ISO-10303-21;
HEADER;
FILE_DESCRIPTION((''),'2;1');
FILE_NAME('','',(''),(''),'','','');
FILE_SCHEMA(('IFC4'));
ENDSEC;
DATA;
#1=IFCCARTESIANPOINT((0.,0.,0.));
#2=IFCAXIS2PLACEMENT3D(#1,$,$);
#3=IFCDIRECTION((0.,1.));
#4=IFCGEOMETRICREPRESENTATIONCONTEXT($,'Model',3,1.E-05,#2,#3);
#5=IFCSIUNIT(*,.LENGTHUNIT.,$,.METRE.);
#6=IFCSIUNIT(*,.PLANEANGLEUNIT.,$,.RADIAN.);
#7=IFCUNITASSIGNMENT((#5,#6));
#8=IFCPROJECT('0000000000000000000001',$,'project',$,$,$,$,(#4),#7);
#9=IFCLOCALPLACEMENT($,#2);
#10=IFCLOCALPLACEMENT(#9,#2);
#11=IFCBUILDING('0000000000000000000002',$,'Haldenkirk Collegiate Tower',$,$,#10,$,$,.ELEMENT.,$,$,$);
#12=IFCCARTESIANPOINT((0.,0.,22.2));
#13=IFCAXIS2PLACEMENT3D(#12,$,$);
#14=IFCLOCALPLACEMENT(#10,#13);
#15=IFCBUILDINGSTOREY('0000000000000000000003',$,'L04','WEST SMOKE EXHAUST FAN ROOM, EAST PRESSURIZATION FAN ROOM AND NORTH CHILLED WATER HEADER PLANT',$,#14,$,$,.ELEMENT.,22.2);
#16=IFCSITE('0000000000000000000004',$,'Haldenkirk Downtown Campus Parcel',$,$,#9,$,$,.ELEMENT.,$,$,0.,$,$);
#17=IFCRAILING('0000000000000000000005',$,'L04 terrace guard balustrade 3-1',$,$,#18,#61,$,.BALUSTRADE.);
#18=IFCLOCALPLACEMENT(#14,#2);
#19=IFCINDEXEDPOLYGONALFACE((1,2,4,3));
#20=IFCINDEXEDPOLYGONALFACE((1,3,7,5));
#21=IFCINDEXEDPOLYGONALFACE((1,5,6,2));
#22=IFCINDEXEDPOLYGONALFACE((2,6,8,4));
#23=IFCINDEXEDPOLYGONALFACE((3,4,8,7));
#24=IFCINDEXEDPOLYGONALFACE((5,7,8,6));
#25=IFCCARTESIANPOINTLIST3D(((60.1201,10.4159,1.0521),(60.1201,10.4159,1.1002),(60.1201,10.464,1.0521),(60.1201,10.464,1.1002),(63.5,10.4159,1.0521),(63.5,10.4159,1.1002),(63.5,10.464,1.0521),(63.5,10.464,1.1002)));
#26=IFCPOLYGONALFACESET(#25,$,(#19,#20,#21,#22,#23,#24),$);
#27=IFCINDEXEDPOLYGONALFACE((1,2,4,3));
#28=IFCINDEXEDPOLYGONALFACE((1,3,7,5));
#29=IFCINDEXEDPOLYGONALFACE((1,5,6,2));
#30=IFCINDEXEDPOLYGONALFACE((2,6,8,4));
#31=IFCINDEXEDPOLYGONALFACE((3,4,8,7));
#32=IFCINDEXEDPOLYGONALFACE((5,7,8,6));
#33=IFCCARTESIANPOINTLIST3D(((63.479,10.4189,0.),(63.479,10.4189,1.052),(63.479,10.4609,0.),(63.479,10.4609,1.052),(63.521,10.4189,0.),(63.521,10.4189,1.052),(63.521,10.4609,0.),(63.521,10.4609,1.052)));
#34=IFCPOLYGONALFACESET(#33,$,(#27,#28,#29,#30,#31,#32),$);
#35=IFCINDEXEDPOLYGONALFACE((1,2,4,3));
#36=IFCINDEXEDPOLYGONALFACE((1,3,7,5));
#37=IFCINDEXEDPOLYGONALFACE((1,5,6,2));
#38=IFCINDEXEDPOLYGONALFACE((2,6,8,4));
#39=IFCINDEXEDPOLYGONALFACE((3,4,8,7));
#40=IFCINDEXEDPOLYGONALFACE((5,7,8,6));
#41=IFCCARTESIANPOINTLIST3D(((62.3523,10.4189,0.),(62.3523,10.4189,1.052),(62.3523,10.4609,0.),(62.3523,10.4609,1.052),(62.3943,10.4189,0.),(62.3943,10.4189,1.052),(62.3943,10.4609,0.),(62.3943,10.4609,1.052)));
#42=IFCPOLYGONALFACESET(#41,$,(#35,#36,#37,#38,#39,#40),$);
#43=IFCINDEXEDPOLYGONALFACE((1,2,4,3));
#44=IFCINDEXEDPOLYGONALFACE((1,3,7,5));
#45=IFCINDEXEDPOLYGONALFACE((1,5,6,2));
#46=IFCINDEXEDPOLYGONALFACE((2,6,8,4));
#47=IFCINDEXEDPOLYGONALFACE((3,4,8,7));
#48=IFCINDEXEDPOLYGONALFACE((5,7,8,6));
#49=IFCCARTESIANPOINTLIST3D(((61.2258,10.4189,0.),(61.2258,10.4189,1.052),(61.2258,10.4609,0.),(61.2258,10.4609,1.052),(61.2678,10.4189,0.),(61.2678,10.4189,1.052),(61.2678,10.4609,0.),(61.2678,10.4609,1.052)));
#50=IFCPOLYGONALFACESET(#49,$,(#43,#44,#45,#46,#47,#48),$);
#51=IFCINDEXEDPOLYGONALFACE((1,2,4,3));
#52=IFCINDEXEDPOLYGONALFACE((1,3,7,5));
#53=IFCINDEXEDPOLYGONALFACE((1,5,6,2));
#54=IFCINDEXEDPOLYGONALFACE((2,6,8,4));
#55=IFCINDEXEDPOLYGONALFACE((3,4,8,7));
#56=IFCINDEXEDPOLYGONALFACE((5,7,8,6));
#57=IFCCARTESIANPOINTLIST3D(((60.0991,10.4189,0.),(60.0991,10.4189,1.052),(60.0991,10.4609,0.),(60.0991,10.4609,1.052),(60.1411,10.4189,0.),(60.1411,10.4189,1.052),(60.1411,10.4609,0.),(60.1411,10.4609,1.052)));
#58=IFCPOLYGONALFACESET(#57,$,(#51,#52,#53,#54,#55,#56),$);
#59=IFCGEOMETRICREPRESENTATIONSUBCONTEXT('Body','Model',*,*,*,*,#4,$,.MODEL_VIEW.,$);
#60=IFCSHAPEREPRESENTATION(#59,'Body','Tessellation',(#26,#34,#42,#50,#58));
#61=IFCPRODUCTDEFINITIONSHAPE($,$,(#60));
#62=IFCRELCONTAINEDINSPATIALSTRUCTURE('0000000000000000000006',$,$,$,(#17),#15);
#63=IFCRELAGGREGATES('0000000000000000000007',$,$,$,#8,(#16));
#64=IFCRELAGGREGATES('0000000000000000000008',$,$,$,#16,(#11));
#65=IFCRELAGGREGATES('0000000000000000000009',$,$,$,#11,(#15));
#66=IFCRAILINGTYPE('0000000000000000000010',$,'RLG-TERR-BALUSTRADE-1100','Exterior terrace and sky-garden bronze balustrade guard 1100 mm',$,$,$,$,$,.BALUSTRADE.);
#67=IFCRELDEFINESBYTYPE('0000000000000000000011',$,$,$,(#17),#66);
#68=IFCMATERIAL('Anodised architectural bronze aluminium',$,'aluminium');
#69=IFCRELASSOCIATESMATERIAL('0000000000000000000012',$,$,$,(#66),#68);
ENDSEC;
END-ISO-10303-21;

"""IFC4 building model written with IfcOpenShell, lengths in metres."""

from ifc_helpers import new_model, si_unit, direction, frame, origin, origin_2d, place, context, subcontext, project, spatial, rectangle, extrude, material, type_object, element, save


model = new_model("IFC4")

# Units and contexts
model_context = context("Model", 3, precision=1e-05, world=origin(), true_north=direction((0.0, 1.0)))
body_context = subcontext(model_context, "Body", "Model", "MODEL_VIEW")
ifc_project = project(units=[si_unit("LENGTHUNIT", "METRE"), si_unit("PLANEANGLEUNIT", "RADIAN")], contexts=[model_context])

# Site, building, storey
site_placement = place(None, origin())
site = spatial("IfcSite", under=ifc_project, at=site_placement, Name="Haldenkirk Downtown Campus Parcel", CompositionType="ELEMENT", RefElevation=0.0)
building_placement = place(site_placement, origin())
building = spatial("IfcBuilding", under=site, at=building_placement, Name="Haldenkirk Collegiate Tower", CompositionType="ELEMENT")
storey_placement = place(building_placement, frame((0.0, 0.0, 22.2)))
storey = spatial("IfcBuildingStorey", under=building, at=storey_placement, Name="L04", Description="WEST SMOKE EXHAUST FAN ROOM, EAST PRESSURIZATION FAN ROOM AND NORTH CHILLED WATER HEADER PLANT", CompositionType="ELEMENT", Elevation=22.2)

# Shared definitions
ifc_material_1 = material(Name="Anodised architectural bronze aluminium", Category="aluminium")

# Railing
railing_type = type_object("IfcRailingType", Name="RLG-TERR-BALUSTRADE-1100", Description="Exterior terrace and sky-garden bronze balustrade guard 1100 mm", PredefinedType="BALUSTRADE", material=ifc_material_1)
railing_1_placement = place(storey_placement, frame((63.5, 10.4399, 0.0)))
element("IfcRailing", 1, at=railing_1_placement, inside=storey, type_object=railing_type, Name="L04 terrace guard balustrade 3-1", PredefinedType="BALUSTRADE", context=body_context, shape_type="SweptSolid", body=[
    extrude(rectangle(XDim=0.0481, YDim=0.0481, at=origin_2d()), frame((0.0, 0.0, 1.0762), z_axis=(-1.0, 0.0, 0.0), x_axis=(0.0, -1.0, 0.0)), (0.0, 0.0, 1.0), 3.3799),
    extrude(rectangle(XDim=0.042, YDim=0.042, at=origin_2d()), origin(), (0.0, 0.0, 1.0), 1.052),
    extrude(rectangle(XDim=0.042, YDim=0.042, at=origin_2d()), frame((-1.1267, 0.0, 0.0)), (0.0, 0.0, 1.0), 1.052),
    extrude(rectangle(XDim=0.042, YDim=0.042, at=origin_2d()), frame((-2.2532, 0.0, 0.0)), (0.0, 0.0, 1.0), 1.052),
    extrude(rectangle(XDim=0.042, YDim=0.042, at=origin_2d()), frame((-3.3799, 0.0, 0.0)), (0.0, 0.0, 1.0), 1.052),
])

save(model, "model.ifc")
